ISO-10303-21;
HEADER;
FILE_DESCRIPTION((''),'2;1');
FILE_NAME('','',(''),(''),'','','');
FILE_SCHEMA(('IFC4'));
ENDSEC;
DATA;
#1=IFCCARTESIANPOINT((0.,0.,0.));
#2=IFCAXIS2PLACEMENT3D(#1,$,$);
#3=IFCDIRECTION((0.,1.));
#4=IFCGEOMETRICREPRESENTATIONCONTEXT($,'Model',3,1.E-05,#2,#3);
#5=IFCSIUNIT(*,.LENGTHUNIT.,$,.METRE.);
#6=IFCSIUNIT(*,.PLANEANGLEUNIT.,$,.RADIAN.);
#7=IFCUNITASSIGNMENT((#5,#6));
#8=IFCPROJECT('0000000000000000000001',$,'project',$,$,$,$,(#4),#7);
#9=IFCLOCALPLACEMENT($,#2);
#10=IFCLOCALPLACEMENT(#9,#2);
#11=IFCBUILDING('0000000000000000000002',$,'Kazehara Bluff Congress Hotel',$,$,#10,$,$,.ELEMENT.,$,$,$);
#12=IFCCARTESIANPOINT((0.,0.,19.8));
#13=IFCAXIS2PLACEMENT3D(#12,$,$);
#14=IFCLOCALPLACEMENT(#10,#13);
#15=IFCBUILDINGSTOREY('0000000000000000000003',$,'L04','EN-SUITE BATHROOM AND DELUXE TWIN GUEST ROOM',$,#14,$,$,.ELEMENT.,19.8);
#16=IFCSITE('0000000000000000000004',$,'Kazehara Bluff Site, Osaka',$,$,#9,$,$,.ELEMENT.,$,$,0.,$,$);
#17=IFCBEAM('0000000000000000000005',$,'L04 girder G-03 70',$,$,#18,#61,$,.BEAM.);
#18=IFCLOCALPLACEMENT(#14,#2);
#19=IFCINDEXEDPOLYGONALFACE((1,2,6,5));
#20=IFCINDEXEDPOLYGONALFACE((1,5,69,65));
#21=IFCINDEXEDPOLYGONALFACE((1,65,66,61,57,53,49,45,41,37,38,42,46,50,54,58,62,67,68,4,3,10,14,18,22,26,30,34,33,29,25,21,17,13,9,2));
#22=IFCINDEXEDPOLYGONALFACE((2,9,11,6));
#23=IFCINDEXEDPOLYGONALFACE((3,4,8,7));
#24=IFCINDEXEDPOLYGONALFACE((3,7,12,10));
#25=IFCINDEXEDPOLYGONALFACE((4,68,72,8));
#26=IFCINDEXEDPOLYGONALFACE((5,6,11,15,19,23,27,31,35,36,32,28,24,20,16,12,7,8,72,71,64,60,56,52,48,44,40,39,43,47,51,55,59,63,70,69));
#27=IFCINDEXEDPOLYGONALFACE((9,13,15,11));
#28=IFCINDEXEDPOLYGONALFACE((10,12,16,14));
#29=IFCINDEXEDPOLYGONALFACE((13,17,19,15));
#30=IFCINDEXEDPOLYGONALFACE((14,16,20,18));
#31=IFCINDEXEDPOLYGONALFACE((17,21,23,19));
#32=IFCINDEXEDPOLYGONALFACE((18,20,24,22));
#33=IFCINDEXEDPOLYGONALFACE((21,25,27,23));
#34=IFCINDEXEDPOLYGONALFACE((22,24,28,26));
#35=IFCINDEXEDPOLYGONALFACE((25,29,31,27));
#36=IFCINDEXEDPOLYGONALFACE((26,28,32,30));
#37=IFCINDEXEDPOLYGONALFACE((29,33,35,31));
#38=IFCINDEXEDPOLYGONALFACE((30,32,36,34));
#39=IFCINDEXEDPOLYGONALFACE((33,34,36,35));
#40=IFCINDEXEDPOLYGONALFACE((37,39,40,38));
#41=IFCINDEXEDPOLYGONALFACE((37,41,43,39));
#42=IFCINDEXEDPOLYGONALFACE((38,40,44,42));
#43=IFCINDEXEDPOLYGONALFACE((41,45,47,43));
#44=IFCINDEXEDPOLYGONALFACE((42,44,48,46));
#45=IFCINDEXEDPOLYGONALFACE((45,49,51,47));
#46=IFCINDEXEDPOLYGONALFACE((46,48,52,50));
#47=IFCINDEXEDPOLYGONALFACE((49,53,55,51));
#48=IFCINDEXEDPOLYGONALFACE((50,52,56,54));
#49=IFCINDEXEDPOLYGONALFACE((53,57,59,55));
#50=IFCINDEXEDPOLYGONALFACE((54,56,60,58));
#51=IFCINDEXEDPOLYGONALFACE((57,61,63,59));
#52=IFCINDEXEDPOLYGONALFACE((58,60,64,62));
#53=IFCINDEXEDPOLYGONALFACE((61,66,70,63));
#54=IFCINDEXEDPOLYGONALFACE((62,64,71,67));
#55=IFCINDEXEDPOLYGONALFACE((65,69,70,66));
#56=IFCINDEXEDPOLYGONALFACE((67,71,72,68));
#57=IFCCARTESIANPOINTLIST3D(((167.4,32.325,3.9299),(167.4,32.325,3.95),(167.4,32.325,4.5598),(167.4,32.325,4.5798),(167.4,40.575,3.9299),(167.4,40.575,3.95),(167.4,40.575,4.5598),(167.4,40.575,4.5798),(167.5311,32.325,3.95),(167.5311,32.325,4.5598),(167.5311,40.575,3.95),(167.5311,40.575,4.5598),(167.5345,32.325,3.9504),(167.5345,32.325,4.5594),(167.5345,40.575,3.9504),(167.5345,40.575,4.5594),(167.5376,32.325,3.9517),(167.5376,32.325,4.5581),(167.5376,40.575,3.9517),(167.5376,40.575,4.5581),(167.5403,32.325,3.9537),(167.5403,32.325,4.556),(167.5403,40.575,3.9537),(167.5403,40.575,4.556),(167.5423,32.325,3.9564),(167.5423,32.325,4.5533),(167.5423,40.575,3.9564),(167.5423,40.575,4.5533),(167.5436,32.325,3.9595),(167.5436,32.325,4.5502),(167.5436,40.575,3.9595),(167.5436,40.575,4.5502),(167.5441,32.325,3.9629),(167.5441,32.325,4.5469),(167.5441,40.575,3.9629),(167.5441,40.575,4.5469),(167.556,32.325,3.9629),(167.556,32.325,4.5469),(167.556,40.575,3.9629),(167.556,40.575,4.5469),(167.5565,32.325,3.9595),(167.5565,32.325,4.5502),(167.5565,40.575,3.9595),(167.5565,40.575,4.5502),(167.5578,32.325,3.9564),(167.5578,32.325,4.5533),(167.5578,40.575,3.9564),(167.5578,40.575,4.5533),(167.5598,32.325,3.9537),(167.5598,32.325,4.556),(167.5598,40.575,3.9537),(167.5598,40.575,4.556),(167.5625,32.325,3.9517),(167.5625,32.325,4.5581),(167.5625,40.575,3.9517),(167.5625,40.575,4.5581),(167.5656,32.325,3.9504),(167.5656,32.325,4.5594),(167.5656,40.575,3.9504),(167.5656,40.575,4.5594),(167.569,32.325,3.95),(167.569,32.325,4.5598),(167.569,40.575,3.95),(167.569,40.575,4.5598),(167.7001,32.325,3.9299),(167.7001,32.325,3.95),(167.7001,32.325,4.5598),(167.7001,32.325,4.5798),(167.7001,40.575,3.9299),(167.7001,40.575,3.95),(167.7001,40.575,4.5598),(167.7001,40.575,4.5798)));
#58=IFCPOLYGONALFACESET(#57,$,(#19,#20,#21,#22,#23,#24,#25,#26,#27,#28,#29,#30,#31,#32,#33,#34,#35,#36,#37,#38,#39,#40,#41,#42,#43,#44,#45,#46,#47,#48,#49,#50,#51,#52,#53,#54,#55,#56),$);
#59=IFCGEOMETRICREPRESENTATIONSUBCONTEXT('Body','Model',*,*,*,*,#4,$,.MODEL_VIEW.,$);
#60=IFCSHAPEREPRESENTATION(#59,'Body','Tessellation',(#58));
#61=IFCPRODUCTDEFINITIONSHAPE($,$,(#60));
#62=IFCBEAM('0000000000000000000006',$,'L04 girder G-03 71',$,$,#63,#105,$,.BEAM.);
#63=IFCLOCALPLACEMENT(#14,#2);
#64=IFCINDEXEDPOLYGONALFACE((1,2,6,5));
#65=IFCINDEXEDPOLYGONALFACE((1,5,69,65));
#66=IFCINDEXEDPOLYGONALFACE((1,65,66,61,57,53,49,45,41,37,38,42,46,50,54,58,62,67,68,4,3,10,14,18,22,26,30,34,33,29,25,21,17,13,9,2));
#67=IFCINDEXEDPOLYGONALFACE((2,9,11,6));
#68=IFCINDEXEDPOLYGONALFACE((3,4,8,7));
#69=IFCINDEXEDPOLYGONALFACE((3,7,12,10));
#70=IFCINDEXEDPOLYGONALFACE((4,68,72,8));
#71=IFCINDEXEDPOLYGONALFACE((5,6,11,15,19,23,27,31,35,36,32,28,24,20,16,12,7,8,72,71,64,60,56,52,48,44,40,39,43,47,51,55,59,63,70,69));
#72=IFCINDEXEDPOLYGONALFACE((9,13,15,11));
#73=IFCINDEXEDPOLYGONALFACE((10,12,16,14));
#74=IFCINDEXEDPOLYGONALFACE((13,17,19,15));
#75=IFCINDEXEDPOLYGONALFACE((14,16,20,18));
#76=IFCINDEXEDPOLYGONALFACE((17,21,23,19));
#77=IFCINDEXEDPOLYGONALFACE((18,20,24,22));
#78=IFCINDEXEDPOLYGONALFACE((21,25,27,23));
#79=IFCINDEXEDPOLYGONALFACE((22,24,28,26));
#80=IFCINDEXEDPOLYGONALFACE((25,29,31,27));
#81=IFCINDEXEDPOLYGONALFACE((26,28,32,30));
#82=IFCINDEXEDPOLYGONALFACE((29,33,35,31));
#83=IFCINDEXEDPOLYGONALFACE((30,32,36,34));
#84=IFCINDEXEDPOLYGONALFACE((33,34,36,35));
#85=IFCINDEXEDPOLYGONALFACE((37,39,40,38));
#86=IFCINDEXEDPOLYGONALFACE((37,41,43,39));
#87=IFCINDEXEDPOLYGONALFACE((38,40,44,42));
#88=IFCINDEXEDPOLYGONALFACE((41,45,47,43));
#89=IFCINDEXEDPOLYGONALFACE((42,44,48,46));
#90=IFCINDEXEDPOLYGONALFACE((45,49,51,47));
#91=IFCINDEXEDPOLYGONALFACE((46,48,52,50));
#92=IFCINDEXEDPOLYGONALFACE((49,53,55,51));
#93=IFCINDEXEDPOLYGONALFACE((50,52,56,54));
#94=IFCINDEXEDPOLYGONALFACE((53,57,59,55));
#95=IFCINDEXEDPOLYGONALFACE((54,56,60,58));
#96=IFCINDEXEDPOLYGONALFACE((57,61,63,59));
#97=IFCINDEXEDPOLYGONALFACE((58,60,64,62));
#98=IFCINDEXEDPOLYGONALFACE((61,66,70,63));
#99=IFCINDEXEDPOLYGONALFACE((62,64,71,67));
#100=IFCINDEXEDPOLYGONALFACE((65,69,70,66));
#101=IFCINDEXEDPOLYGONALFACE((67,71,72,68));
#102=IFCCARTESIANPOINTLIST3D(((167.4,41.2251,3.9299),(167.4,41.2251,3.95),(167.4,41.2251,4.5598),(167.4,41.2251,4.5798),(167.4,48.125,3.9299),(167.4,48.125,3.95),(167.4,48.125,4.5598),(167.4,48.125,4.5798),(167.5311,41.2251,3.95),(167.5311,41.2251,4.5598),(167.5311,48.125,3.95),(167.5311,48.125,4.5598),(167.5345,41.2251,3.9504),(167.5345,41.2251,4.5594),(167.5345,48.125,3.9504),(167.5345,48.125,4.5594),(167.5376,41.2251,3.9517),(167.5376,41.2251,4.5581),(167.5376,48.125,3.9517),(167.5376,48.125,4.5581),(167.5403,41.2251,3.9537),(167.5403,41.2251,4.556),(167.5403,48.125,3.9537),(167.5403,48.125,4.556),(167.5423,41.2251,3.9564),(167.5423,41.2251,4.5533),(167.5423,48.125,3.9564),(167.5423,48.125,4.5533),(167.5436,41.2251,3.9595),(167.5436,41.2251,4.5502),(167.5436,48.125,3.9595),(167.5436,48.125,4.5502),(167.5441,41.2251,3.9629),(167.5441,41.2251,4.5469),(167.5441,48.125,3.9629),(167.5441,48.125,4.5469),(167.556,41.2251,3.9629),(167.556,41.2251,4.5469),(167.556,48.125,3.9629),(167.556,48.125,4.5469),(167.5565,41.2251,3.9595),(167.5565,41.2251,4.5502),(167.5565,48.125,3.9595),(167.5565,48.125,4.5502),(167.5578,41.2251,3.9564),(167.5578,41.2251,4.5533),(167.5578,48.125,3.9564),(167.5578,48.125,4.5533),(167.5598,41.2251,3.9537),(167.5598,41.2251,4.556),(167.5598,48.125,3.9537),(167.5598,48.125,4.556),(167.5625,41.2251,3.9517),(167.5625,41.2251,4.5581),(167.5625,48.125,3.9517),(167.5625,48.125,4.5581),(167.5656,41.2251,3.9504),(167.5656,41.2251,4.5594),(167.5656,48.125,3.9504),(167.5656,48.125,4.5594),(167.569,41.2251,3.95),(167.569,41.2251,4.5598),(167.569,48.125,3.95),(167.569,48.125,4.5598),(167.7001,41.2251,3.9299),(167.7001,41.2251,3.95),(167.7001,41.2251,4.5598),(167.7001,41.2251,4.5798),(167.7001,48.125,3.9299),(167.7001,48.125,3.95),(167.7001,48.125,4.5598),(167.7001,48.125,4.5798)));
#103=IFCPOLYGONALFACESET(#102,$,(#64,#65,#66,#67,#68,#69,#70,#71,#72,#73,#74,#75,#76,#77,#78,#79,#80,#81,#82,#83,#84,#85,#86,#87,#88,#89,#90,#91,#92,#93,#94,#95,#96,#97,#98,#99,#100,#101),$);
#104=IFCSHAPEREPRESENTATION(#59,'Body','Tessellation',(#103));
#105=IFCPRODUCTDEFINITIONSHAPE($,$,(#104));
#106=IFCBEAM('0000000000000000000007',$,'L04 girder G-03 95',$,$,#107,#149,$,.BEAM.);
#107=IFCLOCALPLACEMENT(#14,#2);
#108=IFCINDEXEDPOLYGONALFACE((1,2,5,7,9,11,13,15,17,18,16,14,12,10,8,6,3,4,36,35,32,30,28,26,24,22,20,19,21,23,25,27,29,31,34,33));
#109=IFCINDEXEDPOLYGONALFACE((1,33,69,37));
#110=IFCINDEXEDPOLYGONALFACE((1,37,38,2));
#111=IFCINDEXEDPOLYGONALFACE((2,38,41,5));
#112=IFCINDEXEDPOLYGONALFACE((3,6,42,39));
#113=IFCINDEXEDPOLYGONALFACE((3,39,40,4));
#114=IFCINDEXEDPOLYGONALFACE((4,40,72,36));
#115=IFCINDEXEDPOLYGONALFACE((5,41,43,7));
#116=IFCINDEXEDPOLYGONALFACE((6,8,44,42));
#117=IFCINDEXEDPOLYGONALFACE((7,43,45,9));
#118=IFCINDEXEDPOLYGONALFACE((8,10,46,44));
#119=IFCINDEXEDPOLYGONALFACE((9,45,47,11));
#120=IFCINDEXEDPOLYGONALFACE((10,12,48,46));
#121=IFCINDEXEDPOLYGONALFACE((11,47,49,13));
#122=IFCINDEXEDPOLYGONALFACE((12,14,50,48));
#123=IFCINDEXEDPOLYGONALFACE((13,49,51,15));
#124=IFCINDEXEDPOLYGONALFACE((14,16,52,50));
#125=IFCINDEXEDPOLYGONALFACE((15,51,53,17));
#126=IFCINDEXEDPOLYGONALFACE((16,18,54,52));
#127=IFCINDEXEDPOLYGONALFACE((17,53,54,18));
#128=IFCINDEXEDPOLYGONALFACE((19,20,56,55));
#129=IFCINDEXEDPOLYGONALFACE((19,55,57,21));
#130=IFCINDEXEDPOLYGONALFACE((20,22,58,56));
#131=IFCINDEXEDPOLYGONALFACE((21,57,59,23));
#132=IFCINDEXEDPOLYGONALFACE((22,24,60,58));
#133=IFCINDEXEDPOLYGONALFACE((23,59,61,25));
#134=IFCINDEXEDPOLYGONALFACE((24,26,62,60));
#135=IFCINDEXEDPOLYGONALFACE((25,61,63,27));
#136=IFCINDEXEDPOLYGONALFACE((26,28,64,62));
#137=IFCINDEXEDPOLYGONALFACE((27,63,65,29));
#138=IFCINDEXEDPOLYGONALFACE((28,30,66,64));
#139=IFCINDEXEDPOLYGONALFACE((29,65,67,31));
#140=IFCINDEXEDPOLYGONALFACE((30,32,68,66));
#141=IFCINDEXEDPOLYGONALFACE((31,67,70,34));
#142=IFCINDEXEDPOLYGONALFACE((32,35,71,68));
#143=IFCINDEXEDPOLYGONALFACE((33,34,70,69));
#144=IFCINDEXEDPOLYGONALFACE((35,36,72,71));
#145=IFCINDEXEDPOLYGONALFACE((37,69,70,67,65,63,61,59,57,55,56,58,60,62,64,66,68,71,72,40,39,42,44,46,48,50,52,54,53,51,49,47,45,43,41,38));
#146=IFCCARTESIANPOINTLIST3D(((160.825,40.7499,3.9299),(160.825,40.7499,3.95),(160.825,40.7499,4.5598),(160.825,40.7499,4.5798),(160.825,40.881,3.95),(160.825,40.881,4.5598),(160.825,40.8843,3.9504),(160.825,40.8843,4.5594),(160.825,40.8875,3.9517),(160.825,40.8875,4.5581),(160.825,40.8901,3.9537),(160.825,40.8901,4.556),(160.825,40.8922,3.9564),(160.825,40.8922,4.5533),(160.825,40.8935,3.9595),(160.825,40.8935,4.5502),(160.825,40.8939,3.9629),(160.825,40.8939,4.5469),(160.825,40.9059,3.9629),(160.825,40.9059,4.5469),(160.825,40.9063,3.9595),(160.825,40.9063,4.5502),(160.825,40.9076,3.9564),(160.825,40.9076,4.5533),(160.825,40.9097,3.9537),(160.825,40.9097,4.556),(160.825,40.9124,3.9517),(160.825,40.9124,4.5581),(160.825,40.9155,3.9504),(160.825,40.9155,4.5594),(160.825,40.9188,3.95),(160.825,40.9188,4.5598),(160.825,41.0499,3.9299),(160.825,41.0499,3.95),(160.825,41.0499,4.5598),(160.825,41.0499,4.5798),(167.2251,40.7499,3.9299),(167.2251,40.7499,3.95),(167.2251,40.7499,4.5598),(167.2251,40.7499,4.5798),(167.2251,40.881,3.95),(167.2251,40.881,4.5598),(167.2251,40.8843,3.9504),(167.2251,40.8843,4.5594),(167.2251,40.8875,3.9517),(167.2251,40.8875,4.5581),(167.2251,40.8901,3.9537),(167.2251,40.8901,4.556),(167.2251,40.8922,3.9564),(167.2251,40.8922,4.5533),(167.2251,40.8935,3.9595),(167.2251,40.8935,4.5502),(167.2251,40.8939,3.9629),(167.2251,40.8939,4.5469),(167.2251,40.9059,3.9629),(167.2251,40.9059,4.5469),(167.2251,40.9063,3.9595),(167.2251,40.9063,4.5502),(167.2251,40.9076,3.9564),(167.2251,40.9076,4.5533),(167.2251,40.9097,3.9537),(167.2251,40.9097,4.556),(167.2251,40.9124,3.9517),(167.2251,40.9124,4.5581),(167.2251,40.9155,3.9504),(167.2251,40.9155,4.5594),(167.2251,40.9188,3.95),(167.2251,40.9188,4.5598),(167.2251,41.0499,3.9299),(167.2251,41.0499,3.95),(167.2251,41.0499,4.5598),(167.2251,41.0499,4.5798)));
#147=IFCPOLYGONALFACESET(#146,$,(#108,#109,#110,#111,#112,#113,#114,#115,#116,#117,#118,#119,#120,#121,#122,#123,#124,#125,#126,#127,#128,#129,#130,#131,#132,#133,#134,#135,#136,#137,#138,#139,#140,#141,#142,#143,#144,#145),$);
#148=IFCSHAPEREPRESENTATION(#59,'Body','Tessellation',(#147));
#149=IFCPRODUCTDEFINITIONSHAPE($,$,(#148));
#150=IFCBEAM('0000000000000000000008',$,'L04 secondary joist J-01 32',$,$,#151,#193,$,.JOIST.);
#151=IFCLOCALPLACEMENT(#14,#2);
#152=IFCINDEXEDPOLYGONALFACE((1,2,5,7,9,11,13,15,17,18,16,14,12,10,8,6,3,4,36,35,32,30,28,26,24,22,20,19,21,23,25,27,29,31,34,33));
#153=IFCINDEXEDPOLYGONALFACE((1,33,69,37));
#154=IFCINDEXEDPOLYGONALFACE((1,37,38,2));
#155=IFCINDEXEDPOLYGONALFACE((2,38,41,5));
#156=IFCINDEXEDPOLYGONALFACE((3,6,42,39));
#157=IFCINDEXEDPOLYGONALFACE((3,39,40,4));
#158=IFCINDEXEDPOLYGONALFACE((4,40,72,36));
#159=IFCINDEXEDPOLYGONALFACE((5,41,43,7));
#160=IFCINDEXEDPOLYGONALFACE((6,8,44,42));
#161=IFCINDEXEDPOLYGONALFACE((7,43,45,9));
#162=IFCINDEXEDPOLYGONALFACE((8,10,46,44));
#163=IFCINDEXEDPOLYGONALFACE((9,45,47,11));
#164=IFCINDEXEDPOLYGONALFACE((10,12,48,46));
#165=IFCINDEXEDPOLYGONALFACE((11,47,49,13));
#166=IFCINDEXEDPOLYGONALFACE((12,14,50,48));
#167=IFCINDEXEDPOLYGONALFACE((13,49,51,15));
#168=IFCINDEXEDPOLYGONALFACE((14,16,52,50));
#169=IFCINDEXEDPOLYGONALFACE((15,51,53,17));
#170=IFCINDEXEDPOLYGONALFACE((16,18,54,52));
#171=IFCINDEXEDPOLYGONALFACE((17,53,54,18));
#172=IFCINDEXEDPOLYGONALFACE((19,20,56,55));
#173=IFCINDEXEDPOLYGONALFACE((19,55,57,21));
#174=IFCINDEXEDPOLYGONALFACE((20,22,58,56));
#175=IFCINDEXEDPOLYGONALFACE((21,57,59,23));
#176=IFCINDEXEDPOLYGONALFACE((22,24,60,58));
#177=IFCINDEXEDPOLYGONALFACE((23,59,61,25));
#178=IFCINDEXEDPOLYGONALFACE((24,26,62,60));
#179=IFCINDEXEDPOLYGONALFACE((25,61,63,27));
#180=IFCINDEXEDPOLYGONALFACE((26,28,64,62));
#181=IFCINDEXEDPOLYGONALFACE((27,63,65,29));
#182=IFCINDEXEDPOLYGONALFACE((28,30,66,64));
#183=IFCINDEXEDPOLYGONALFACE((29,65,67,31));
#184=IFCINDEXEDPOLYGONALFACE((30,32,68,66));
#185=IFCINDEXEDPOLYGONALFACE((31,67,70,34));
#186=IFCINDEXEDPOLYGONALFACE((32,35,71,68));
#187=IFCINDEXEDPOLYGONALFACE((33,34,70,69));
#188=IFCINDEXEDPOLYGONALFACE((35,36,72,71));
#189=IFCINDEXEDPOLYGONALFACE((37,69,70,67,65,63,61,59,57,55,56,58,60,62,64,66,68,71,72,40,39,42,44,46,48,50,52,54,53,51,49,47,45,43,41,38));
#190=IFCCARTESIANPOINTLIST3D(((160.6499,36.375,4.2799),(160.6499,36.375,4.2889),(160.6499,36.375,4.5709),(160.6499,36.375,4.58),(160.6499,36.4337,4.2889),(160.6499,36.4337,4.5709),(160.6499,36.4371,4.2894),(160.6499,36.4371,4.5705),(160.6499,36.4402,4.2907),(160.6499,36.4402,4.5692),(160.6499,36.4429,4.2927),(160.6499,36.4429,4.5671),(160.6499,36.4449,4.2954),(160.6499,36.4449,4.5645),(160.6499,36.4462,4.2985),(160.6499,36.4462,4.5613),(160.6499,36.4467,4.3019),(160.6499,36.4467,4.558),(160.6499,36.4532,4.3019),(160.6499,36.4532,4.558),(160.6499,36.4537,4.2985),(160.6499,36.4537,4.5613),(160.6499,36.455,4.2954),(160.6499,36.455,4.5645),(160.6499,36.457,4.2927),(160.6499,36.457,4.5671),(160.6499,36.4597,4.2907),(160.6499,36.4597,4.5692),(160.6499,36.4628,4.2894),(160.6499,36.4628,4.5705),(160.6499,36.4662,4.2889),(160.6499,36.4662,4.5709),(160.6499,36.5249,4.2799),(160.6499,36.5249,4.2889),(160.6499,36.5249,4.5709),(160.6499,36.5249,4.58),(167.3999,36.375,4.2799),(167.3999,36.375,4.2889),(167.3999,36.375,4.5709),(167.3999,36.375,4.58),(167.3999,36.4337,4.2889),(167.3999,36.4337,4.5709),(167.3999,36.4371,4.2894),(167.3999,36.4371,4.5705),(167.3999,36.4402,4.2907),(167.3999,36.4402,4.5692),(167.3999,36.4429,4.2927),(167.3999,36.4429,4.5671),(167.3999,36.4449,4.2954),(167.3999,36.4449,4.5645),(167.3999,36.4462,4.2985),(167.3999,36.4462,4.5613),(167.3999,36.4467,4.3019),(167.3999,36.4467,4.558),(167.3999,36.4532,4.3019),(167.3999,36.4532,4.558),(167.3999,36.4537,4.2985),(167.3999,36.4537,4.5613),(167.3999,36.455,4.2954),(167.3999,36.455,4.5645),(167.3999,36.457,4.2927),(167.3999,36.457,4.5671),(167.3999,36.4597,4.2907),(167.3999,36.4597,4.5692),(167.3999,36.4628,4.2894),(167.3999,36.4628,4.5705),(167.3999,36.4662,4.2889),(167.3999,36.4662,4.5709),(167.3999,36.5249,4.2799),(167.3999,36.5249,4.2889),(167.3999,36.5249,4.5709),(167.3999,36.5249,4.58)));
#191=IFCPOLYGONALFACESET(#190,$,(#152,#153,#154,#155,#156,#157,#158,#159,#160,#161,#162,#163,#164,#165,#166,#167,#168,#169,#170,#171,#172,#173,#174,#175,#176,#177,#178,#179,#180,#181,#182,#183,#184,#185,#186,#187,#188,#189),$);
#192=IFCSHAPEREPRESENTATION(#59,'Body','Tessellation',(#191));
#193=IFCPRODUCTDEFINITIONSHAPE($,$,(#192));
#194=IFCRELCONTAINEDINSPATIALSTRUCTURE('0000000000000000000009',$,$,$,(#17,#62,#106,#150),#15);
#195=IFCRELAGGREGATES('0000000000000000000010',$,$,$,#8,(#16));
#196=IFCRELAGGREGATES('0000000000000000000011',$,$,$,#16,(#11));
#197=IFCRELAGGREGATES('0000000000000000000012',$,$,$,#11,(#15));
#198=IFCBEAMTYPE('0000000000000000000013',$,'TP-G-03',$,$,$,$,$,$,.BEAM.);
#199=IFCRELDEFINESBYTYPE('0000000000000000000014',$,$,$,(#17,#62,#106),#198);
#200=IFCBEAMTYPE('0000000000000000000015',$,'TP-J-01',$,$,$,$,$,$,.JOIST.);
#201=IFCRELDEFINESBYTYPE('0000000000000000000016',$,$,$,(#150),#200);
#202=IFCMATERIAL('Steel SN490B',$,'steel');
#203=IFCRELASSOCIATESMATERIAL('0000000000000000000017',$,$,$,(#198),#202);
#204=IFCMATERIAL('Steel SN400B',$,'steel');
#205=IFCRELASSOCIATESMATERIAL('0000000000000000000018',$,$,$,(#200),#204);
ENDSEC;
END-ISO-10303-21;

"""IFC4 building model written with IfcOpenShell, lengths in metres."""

from ifc_helpers import new_model, si_unit, direction, frame, origin, origin_2d, place, context, subcontext, project, spatial, i_section, extrude, material, material_profile, profile_set, type_object, element, save


model = new_model("IFC4")

# Units and contexts
model_context = context("Model", 3, precision=1e-05, world=origin(), true_north=direction((0.0, 1.0)))
body_context = subcontext(model_context, "Body", "Model", "MODEL_VIEW")
ifc_project = project(units=[si_unit("LENGTHUNIT", "METRE"), si_unit("PLANEANGLEUNIT", "RADIAN")], contexts=[model_context])

# Site, building, storey
site_placement = place(None, origin())
site = spatial("IfcSite", under=ifc_project, at=site_placement, Name="Kazehara Bluff Site, Osaka", CompositionType="ELEMENT", RefElevation=0.0)
building_placement = place(site_placement, origin())
building = spatial("IfcBuilding", under=site, at=building_placement, Name="Kazehara Bluff Congress Hotel", CompositionType="ELEMENT")
storey_placement = place(building_placement, frame((0.0, 0.0, 19.8)))
storey = spatial("IfcBuildingStorey", under=building, at=storey_placement, Name="L04", Description="EN-SUITE BATHROOM AND DELUXE TWIN GUEST ROOM", CompositionType="ELEMENT", Elevation=19.8)

# Beams
ifc_material_1 = material(Name="Steel SN490B", Category="steel")
ifc_material_profile_1 = material_profile(ifc_material_1, i_section(OverallWidth=0.3, OverallDepth=0.6499, WebThickness=0.012, FlangeThickness=0.02, FilletRadius=0.0129, at=origin_2d()))
ifc_profile_set_1 = profile_set([ifc_material_profile_1], Name="Steel SN490B")
beam_type_1 = type_object("IfcBeamType", Name="TP-G-03", PredefinedType="BEAM", material=ifc_profile_set_1)
beam_1_placement = place(storey_placement, frame((167.55, 32.325, 4.2549), z_axis=(0.0, 1.0, 0.0), x_axis=(-1.0, 0.0, 0.0)))
element("IfcBeam", 1, at=beam_1_placement, inside=storey, type_object=beam_type_1, Name="L04 girder G-03 70", PredefinedType="BEAM", context=body_context, shape_type="SweptSolid", body=[
    extrude(i_section(OverallWidth=0.3, OverallDepth=0.6499, WebThickness=0.012, FlangeThickness=0.02, FilletRadius=0.0129, at=origin_2d()), origin(), (0.0, 0.0, 1.0), 8.25),
])
beam_2_placement = place(storey_placement, frame((167.55, 41.2251, 4.2549), z_axis=(0.0, 1.0, 0.0), x_axis=(-1.0, 0.0, 0.0)))
element("IfcBeam", 2, at=beam_2_placement, inside=storey, type_object=beam_type_1, Name="L04 girder G-03 71", PredefinedType="BEAM", context=body_context, shape_type="SweptSolid", body=[
    extrude(i_section(OverallWidth=0.3, OverallDepth=0.6499, WebThickness=0.012, FlangeThickness=0.02, FilletRadius=0.0129, at=origin_2d()), origin(), (0.0, 0.0, 1.0), 6.8999),
])
beam_3_placement = place(storey_placement, frame((160.825, 40.8999, 4.2549), z_axis=(1.0, 0.0, 0.0), x_axis=(0.0, 1.0, 0.0)))
element("IfcBeam", 3, at=beam_3_placement, inside=storey, type_object=beam_type_1, Name="L04 girder G-03 95", PredefinedType="BEAM", context=body_context, shape_type="SweptSolid", body=[
    extrude(i_section(OverallWidth=0.3, OverallDepth=0.6499, WebThickness=0.012, FlangeThickness=0.02, FilletRadius=0.0129, at=origin_2d()), origin(), (0.0, 0.0, 1.0), 6.4001),
])
ifc_material_2 = material(Name="Steel SN400B", Category="steel")
ifc_material_profile_2 = material_profile(ifc_material_2, i_section(OverallWidth=0.1499, OverallDepth=0.3, WebThickness=0.0066, FlangeThickness=0.009, FilletRadius=0.0129, at=origin_2d()))
ifc_profile_set_2 = profile_set([ifc_material_profile_2], Name="Steel SN400B")
beam_type_2 = type_object("IfcBeamType", Name="TP-J-01", PredefinedType="JOIST", material=ifc_profile_set_2)
for number, where, z_axis, x_axis, name in (
    (4, (160.6499, 36.45, 4.4299), (1.0, 0.0, 0.0), (0.0, 1.0, 0.0), "L04 secondary joist J-01 32"),
):
    element("IfcBeam", number, at=place(storey_placement, frame(where, z_axis=z_axis, x_axis=x_axis)), inside=storey, type_object=beam_type_2, Name=name, PredefinedType="JOIST", context=body_context, shape_type="SweptSolid", body=[
        extrude(i_section(OverallWidth=0.1499, OverallDepth=0.3, WebThickness=0.0066, FlangeThickness=0.009, FilletRadius=0.0129, at=origin_2d()), origin(), (0.0, 0.0, 1.0), 6.75),
    ])

save(model, "model.ifc")
